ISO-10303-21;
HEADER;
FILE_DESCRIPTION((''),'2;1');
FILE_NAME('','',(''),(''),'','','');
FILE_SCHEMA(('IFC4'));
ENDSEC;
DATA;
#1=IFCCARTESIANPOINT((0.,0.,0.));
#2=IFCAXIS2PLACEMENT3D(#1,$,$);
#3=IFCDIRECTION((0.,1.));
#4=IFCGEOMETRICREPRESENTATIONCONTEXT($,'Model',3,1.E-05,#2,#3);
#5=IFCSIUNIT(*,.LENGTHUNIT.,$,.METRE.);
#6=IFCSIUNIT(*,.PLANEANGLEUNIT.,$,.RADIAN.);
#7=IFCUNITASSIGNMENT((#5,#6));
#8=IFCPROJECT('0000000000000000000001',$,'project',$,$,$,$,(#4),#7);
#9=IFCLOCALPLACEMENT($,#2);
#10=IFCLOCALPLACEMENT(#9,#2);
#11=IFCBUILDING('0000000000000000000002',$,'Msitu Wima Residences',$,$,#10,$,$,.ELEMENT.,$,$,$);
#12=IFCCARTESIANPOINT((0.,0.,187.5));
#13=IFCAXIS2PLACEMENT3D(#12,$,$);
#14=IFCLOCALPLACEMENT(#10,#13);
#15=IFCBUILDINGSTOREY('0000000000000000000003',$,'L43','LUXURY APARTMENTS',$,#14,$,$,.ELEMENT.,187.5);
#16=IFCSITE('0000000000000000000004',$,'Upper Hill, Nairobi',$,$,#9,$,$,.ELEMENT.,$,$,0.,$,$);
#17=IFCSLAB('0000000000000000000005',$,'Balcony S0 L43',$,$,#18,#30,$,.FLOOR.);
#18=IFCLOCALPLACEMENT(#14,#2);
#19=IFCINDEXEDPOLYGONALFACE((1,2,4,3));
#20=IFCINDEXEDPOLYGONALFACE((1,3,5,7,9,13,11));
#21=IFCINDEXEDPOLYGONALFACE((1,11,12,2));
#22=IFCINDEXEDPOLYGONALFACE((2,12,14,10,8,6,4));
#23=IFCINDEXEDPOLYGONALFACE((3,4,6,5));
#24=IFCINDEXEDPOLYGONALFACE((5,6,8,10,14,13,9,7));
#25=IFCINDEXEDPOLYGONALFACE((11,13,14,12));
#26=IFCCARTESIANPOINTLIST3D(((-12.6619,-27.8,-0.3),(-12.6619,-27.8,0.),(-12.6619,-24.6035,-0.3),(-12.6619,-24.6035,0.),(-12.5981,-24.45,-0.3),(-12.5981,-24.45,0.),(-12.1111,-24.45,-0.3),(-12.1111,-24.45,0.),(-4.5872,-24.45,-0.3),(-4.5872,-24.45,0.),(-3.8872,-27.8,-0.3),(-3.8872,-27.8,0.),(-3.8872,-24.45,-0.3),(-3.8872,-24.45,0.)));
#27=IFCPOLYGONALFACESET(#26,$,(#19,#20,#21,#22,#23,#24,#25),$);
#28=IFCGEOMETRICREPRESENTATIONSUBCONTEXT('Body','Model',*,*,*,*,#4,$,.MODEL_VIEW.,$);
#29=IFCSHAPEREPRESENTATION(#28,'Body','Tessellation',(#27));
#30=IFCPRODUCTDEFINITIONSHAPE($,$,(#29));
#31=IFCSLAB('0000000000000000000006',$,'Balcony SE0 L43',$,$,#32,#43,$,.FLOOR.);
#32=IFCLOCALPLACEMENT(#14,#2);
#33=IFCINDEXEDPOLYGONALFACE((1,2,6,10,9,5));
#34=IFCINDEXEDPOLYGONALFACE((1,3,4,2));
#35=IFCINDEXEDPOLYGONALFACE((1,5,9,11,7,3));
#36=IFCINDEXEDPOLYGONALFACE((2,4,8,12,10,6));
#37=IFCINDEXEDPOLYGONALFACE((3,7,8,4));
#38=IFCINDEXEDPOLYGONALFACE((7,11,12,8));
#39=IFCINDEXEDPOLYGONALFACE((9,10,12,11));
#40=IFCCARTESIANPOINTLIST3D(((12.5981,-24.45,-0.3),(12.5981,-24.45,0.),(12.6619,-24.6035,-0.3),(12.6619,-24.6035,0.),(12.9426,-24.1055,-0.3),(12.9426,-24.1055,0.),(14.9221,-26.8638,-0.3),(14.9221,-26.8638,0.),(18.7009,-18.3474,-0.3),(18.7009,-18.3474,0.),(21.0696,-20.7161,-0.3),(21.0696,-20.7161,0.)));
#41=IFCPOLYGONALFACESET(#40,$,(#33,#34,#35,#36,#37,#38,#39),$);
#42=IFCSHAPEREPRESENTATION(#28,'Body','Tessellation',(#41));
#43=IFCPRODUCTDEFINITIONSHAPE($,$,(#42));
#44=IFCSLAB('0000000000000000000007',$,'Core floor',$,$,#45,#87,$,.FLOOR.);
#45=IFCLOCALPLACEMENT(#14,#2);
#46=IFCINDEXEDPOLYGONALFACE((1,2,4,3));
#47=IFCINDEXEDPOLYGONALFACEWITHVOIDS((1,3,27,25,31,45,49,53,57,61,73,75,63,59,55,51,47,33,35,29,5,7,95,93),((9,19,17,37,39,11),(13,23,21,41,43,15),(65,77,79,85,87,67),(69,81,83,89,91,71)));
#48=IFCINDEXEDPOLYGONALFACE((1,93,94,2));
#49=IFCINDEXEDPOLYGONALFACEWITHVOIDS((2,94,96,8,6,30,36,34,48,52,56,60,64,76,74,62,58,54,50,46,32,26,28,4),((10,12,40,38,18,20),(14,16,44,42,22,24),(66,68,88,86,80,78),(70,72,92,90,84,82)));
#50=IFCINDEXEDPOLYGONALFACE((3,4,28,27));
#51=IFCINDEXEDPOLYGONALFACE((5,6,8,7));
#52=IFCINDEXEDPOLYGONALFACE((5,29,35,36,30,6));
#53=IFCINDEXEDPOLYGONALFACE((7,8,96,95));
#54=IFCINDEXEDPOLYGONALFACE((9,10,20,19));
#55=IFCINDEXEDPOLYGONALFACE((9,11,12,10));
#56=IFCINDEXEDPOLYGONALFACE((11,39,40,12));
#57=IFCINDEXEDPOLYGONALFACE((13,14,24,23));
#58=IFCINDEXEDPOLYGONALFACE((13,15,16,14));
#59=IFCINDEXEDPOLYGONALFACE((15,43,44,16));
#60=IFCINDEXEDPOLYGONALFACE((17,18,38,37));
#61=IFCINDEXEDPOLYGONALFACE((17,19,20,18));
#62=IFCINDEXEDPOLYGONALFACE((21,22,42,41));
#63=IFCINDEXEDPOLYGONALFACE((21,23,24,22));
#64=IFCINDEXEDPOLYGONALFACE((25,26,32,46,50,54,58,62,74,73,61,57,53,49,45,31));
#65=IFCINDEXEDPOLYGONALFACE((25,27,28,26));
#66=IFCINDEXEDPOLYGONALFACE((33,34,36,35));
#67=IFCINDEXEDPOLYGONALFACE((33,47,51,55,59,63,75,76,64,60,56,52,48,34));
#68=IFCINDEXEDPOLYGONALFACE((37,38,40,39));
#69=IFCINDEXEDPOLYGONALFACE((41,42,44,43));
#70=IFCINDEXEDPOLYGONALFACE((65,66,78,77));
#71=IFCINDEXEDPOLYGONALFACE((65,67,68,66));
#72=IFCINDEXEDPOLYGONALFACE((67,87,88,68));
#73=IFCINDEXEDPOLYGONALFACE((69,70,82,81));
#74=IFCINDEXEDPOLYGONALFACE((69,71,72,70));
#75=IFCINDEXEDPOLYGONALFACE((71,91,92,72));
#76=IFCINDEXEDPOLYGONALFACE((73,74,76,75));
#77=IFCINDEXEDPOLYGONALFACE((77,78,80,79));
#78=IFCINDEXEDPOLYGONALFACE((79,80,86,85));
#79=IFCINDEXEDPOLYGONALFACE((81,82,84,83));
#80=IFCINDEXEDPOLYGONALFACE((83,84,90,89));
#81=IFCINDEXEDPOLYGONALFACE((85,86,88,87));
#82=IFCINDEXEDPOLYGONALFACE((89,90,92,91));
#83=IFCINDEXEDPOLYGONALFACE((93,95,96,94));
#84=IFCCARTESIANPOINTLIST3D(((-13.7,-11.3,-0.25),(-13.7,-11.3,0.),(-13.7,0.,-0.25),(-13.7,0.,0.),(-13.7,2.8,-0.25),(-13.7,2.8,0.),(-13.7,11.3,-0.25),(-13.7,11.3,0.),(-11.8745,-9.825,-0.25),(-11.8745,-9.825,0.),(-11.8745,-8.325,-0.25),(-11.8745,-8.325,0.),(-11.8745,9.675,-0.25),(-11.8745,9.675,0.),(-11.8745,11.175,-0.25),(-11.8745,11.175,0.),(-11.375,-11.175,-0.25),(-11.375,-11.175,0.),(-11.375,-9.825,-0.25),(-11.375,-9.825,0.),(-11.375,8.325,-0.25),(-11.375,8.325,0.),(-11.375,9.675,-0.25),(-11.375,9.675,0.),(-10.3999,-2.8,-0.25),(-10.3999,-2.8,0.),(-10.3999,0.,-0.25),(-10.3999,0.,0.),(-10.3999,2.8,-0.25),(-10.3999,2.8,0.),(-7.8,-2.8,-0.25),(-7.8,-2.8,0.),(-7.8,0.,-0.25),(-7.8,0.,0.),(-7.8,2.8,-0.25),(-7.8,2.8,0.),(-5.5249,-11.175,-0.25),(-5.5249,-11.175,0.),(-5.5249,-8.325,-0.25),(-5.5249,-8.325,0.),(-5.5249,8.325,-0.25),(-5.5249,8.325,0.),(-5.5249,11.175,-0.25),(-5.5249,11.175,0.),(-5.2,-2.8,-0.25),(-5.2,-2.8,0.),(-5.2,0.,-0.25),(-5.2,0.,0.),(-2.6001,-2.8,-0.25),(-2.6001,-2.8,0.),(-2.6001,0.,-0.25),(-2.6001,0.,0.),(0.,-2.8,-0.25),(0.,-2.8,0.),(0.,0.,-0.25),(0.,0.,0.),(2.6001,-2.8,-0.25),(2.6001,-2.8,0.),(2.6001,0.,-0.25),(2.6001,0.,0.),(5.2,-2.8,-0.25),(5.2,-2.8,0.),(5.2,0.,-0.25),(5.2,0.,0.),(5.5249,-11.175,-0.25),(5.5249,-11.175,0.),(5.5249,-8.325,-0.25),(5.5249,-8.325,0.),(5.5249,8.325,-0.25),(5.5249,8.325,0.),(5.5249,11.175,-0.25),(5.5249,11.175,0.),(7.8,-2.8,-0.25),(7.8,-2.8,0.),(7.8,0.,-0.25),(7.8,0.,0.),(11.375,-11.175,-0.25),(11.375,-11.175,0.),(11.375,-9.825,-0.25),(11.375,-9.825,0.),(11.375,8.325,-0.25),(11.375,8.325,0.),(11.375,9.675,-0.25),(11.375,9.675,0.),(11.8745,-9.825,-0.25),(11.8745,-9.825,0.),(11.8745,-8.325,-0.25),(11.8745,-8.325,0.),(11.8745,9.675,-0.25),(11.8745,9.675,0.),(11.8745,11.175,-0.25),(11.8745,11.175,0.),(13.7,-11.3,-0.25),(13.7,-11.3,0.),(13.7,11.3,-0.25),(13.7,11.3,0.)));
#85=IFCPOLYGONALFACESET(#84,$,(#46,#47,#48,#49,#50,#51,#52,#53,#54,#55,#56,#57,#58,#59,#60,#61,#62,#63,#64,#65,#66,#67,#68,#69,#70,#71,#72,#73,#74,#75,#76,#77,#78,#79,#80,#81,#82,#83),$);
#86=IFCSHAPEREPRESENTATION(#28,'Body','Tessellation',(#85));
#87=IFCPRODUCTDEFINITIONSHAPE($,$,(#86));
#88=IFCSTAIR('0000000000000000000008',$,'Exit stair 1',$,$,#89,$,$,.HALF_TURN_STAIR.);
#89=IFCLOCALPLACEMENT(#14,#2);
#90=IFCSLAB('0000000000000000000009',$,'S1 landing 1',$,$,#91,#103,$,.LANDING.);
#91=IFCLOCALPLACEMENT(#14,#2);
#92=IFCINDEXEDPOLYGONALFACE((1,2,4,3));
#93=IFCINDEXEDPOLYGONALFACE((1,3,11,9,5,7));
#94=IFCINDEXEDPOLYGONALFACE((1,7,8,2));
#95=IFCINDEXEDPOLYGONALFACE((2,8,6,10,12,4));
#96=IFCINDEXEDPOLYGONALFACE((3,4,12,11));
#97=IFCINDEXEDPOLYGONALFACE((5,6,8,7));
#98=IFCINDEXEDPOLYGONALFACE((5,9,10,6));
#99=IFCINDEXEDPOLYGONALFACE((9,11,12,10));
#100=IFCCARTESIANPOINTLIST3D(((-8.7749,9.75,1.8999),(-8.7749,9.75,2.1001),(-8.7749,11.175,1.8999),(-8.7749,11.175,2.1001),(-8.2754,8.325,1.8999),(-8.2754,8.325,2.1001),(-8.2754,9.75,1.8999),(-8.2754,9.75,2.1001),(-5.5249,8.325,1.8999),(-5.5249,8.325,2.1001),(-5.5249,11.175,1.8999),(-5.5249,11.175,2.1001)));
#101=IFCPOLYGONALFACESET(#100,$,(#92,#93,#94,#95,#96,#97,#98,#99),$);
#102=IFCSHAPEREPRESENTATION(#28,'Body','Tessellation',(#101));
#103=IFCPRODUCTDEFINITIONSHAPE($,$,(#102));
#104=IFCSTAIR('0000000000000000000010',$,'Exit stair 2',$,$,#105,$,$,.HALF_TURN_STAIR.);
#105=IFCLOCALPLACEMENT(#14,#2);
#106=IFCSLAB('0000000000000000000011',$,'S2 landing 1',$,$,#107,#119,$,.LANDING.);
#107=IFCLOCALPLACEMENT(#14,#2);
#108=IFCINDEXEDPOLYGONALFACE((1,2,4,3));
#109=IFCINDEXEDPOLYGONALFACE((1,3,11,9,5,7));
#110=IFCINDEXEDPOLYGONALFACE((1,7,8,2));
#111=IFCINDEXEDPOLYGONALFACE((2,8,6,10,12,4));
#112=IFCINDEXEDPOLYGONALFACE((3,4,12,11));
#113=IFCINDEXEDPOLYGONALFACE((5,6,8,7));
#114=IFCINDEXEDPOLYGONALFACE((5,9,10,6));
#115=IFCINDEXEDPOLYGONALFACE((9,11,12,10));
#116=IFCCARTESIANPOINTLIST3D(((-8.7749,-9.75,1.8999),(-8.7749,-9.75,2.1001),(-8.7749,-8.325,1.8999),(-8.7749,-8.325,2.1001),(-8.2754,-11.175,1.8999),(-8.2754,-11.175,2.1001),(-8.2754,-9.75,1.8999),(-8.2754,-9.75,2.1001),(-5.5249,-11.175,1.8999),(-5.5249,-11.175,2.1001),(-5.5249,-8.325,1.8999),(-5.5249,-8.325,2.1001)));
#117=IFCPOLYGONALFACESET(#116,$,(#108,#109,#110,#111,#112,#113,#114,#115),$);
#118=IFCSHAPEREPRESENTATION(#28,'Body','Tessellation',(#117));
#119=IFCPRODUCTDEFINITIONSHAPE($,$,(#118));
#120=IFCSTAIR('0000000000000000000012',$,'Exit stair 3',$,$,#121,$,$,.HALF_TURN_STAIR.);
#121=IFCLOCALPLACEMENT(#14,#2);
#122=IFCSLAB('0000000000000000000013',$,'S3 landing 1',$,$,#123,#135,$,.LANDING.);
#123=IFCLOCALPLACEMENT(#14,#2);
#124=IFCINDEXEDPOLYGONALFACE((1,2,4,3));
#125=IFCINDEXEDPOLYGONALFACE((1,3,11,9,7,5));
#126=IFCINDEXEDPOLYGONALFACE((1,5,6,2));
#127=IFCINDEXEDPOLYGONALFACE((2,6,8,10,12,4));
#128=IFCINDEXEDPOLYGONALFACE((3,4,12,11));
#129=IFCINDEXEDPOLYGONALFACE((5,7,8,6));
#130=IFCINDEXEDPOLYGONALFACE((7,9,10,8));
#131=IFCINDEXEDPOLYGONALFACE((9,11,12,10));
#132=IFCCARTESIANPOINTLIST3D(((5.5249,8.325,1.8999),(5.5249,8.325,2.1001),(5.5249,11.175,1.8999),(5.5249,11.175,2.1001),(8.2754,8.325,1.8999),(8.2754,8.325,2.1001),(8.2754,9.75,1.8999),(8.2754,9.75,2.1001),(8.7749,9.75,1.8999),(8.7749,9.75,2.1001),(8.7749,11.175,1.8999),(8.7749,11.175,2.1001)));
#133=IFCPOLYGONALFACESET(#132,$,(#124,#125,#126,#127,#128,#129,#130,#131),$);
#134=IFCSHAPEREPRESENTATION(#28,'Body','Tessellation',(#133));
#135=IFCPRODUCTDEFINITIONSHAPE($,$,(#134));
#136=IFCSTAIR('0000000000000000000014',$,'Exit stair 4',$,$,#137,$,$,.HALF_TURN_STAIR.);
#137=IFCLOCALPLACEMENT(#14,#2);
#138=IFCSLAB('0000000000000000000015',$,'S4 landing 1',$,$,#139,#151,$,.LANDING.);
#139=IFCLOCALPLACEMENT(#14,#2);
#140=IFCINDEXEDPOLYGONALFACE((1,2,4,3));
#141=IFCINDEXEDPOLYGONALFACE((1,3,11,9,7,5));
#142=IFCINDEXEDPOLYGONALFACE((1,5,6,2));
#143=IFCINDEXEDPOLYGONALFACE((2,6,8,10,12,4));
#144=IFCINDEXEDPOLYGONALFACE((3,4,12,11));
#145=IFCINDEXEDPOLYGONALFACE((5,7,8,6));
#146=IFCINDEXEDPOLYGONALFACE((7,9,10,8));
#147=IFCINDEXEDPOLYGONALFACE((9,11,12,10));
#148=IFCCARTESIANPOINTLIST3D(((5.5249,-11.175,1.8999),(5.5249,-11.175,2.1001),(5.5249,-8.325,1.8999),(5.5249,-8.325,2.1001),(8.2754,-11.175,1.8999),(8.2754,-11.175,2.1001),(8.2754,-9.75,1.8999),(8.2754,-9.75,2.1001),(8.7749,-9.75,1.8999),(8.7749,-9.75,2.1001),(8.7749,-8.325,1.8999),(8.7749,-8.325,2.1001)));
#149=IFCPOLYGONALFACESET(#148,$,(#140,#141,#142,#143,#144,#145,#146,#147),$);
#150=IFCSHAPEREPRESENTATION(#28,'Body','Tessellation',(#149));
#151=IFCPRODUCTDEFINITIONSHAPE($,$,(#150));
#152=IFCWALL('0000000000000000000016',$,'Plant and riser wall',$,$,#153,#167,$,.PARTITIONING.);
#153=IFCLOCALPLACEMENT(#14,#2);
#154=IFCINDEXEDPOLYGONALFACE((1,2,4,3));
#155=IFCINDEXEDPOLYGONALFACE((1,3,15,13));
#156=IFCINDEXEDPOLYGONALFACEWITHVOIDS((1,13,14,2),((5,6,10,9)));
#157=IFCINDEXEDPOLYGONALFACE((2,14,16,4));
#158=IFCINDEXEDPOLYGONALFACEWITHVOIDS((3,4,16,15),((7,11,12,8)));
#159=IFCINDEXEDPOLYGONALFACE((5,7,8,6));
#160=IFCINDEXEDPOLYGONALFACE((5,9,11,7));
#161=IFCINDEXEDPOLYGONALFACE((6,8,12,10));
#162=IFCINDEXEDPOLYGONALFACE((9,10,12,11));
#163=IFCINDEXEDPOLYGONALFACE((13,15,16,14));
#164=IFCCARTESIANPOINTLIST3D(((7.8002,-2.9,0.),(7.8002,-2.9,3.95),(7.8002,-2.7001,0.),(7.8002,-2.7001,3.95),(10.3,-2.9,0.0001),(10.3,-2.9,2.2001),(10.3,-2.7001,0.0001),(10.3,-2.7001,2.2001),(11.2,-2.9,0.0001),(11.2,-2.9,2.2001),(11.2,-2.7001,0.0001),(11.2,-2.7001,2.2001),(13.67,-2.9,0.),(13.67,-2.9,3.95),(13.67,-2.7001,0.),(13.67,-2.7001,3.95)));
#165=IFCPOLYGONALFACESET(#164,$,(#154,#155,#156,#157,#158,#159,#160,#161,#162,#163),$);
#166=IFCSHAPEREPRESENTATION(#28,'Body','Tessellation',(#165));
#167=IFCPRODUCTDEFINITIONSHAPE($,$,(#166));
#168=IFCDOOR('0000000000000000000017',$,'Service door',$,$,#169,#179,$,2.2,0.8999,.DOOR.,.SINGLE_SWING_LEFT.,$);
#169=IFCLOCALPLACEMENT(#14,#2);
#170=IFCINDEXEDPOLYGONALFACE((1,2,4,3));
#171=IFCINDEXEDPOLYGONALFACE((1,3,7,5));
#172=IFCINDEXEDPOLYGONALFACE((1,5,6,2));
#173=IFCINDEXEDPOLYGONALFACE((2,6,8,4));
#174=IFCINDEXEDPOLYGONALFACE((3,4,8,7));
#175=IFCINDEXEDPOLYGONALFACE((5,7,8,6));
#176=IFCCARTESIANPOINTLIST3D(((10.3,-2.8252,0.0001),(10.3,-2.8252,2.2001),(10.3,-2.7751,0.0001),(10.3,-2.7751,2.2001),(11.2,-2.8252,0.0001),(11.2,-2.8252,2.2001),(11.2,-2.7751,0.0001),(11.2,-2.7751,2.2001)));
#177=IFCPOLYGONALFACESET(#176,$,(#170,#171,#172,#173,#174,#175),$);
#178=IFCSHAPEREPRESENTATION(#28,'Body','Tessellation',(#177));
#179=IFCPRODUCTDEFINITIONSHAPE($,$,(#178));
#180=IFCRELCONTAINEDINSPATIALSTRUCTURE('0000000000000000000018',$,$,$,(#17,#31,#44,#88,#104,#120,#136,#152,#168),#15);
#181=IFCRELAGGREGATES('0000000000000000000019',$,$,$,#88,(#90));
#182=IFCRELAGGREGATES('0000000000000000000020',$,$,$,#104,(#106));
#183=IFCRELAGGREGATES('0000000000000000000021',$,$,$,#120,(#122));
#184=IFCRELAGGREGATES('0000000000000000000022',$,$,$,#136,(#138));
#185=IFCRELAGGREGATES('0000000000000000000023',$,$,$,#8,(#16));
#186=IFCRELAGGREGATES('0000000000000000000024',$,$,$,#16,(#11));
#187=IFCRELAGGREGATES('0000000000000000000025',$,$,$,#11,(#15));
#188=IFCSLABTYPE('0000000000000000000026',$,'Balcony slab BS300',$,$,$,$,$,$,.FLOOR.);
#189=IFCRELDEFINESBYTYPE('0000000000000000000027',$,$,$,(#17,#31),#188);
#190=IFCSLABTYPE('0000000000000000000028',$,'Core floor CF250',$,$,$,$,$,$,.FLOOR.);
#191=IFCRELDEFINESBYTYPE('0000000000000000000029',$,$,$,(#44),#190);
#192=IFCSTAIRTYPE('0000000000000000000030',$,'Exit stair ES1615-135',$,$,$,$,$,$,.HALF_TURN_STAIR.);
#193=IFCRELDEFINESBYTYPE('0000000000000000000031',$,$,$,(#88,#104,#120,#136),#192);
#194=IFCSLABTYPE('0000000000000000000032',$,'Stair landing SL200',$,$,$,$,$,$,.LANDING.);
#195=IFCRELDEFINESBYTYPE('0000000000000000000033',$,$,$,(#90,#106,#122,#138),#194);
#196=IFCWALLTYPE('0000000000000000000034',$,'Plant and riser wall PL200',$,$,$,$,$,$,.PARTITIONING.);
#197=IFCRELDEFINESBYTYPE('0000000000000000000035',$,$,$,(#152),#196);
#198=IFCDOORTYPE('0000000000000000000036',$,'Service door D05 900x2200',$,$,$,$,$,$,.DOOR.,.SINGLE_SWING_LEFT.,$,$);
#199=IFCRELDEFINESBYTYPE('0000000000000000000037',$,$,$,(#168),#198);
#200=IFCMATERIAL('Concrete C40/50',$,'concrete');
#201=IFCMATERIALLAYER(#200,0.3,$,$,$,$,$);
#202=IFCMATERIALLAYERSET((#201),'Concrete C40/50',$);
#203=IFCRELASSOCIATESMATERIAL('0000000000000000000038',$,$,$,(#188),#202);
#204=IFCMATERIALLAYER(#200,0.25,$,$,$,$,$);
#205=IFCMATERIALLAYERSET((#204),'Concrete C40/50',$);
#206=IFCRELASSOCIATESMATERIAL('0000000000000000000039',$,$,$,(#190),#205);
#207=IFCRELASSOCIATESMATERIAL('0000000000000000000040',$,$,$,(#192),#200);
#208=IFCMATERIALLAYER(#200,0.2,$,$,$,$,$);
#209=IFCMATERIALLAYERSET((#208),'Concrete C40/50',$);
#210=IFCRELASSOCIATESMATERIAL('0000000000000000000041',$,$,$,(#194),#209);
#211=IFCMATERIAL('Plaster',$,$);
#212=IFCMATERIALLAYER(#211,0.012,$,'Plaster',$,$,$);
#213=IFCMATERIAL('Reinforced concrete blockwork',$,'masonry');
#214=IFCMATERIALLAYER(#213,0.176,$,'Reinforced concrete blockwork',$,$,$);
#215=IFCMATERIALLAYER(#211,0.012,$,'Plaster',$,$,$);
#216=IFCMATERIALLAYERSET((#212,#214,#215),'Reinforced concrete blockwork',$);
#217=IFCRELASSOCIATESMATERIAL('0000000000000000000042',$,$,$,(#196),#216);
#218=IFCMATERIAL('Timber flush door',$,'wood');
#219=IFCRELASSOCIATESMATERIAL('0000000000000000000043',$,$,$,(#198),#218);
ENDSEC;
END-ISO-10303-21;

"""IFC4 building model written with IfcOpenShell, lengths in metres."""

from ifc_helpers import new_model, si_unit, direction, frame, frame_2d, origin, place, context, subcontext, project, spatial, polyline, rectangle, outline, extrude, material, layer, layer_set, type_object, element, fill, aggregate, save


model = new_model("IFC4")

# Units and contexts
model_context = context("Model", 3, precision=1e-05, world=origin(), true_north=direction((0.0, 1.0)))
body_context = subcontext(model_context, "Body", "Model", "MODEL_VIEW")
ifc_project = project(units=[si_unit("LENGTHUNIT", "METRE"), si_unit("PLANEANGLEUNIT", "RADIAN")], contexts=[model_context])

# Site, building, storey
site_placement = place(None, origin())
site = spatial("IfcSite", under=ifc_project, at=site_placement, Name="Upper Hill, Nairobi", CompositionType="ELEMENT", RefElevation=0.0)
building_placement = place(site_placement, origin())
building = spatial("IfcBuilding", under=site, at=building_placement, Name="Msitu Wima Residences", CompositionType="ELEMENT")
storey_placement = place(building_placement, frame((0.0, 0.0, 187.5)))
storey = spatial("IfcBuildingStorey", under=building, at=storey_placement, Name="L43", Description="LUXURY APARTMENTS", CompositionType="ELEMENT", Elevation=187.5)

# Slabs
ifc_material_1 = material(Name="Concrete C40/50", Category="concrete")
ifc_layer_1 = layer(ifc_material_1, 0.3)
ifc_layer_set_1 = layer_set([ifc_layer_1], Name="Concrete C40/50")
slab_type_1 = type_object("IfcSlabType", Name="Balcony slab BS300", PredefinedType="FLOOR", material=ifc_layer_set_1)
slab_1_placement = place(storey_placement, frame((0.0, 0.0, -0.3)))
element("IfcSlab", 1, at=slab_1_placement, inside=storey, type_object=slab_type_1, Name="Balcony S0 L43", PredefinedType="FLOOR", context=body_context, shape_type="SweptSolid", body=[
    extrude(outline(polyline([(-12.1111, -24.45), (-12.1111, -24.45), (-4.5872, -24.45), (-3.8872, -24.45), (-3.8872, -27.8), (-12.6619, -27.8), (-12.6619, -24.6035), (-12.5981, -24.45), (-12.1111, -24.45), (-12.1111, -24.45)])), origin(), (0.0, 0.0, 1.0), 0.3),
])
slab_2_placement = place(storey_placement, frame((0.0, 0.0, -0.3)))
element("IfcSlab", 2, at=slab_2_placement, inside=storey, type_object=slab_type_1, Name="Balcony SE0 L43", PredefinedType="FLOOR", context=body_context, shape_type="SweptSolid", body=[
    extrude(outline(polyline([(12.9426, -24.1055), (12.9426, -24.1055), (18.7009, -18.3474), (21.0696, -20.7161), (14.9221, -26.8638), (12.6619, -24.6035), (12.5981, -24.45), (12.9426, -24.1055), (12.9426, -24.1055)])), origin(), (0.0, 0.0, 1.0), 0.3),
])
ifc_layer_2 = layer(ifc_material_1, 0.25)
ifc_layer_set_2 = layer_set([ifc_layer_2], Name="Concrete C40/50")
slab_type_2 = type_object("IfcSlabType", Name="Core floor CF250", PredefinedType="FLOOR", material=ifc_layer_set_2)
slab_3_placement = place(storey_placement, frame((0.0, 0.0, -0.25)))
element("IfcSlab", 3, at=slab_3_placement, inside=storey, type_object=slab_type_2, Name="Core floor", PredefinedType="FLOOR", context=body_context, shape_type="SweptSolid", body=[
    extrude(outline(polyline([(-13.7, 11.3), (-13.7, 2.8), (-10.3999, 2.8), (-7.8, 2.8), (-7.8, 0.0), (-5.2, 0.0), (-2.6001, 0.0), (0.0, 0.0), (2.6001, 0.0), (5.2, 0.0), (7.8, 0.0), (7.8, -2.8), (5.2, -2.8), (2.6001, -2.8), (0.0, -2.8), (-2.6001, -2.8), (-5.2, -2.8), (-7.8, -2.8), (-10.3999, -2.8), (-10.3999, 0.0), (-13.7, 0.0), (-13.7, -11.3), (13.7, -11.3), (13.7, 11.3), (-13.7, 11.3)]), holes=[polyline([(-11.375, -11.175), (-11.375, -9.825), (-11.8745, -9.825), (-11.8745, -8.325), (-5.5249, -8.325), (-5.5249, -11.175), (-11.375, -11.175)]), polyline([(-11.375, 8.325), (-11.375, 9.675), (-11.8745, 9.675), (-11.8745, 11.175), (-5.5249, 11.175), (-5.5249, 8.325), (-11.375, 8.325)]), polyline([(11.375, -9.825), (11.375, -11.175), (5.5249, -11.175), (5.5249, -8.325), (11.8745, -8.325), (11.8745, -9.825), (11.375, -9.825)]), polyline([(11.375, 9.675), (11.375, 8.325), (5.5249, 8.325), (5.5249, 11.175), (11.8745, 11.175), (11.8745, 9.675), (11.375, 9.675)])]), origin(), (0.0, 0.0, 1.0), 0.25),
])

# Stairs, slabs
stair_type = type_object("IfcStairType", Name="Exit stair ES1615-135", PredefinedType="HALF_TURN_STAIR", material=ifc_material_1)
stair_1_placement = place(storey_placement, origin())
stair_1 = element("IfcStair", 4, at=stair_1_placement, inside=storey, type_object=stair_type, Name="Exit stair 1", PredefinedType="HALF_TURN_STAIR")
ifc_layer_3 = layer(ifc_material_1, 0.2)
ifc_layer_set_3 = layer_set([ifc_layer_3], Name="Concrete C40/50")
slab_type_3 = type_object("IfcSlabType", Name="Stair landing SL200", PredefinedType="LANDING", material=ifc_layer_set_3)
slab_4_placement = place(storey_placement, frame((0.0, 0.0, 1.8999)))
slab_4 = element("IfcSlab", 5, at=slab_4_placement, type_object=slab_type_3, Name="S1 landing 1", PredefinedType="LANDING", context=body_context, shape_type="SweptSolid", body=[
    extrude(outline(polyline([(-5.5249, 8.325), (-8.2754, 8.325), (-8.2754, 9.75), (-8.7749, 9.75), (-8.7749, 11.175), (-5.5249, 11.175), (-5.5249, 8.325)])), origin(), (0.0, 0.0, 1.0), 0.2002),
])
aggregate(stair_1, [slab_4])
stair_2_placement = place(storey_placement, origin())
stair_2 = element("IfcStair", 6, at=stair_2_placement, inside=storey, type_object=stair_type, Name="Exit stair 2", PredefinedType="HALF_TURN_STAIR")
slab_5_placement = place(storey_placement, frame((0.0, 0.0, 1.8999)))
slab_5 = element("IfcSlab", 7, at=slab_5_placement, type_object=slab_type_3, Name="S2 landing 1", PredefinedType="LANDING", context=body_context, shape_type="SweptSolid", body=[
    extrude(outline(polyline([(-5.5249, -11.175), (-8.2754, -11.175), (-8.2754, -9.75), (-8.7749, -9.75), (-8.7749, -8.325), (-5.5249, -8.325), (-5.5249, -11.175)])), origin(), (0.0, 0.0, 1.0), 0.2002),
])
aggregate(stair_2, [slab_5])
stair_3_placement = place(storey_placement, origin())
stair_3 = element("IfcStair", 8, at=stair_3_placement, inside=storey, type_object=stair_type, Name="Exit stair 3", PredefinedType="HALF_TURN_STAIR")
slab_6_placement = place(storey_placement, frame((0.0, 0.0, 1.8999)))
slab_6 = element("IfcSlab", 9, at=slab_6_placement, type_object=slab_type_3, Name="S3 landing 1", PredefinedType="LANDING", context=body_context, shape_type="SweptSolid", body=[
    extrude(outline(polyline([(5.5249, 8.325), (8.2754, 8.325), (8.2754, 9.75), (8.7749, 9.75), (8.7749, 11.175), (5.5249, 11.175), (5.5249, 8.325)])), origin(), (0.0, 0.0, 1.0), 0.2002),
])
aggregate(stair_3, [slab_6])
stair_4_placement = place(storey_placement, origin())
stair_4 = element("IfcStair", 10, at=stair_4_placement, inside=storey, type_object=stair_type, Name="Exit stair 4", PredefinedType="HALF_TURN_STAIR")
slab_7_placement = place(storey_placement, frame((0.0, 0.0, 1.8999)))
slab_7 = element("IfcSlab", 11, at=slab_7_placement, type_object=slab_type_3, Name="S4 landing 1", PredefinedType="LANDING", context=body_context, shape_type="SweptSolid", body=[
    extrude(outline(polyline([(5.5249, -11.175), (8.2754, -11.175), (8.2754, -9.75), (8.7749, -9.75), (8.7749, -8.325), (5.5249, -8.325), (5.5249, -11.175)])), origin(), (0.0, 0.0, 1.0), 0.2002),
])

# Wall, opening, door
ifc_material_2 = material(Name="Plaster")
ifc_layer_4 = layer(ifc_material_2, 0.012, Name="Plaster")
ifc_material_3 = material(Name="Reinforced concrete blockwork", Category="masonry")
ifc_layer_5 = layer(ifc_material_3, 0.176, Name="Reinforced concrete blockwork")
ifc_layer_6 = layer(ifc_material_2, 0.012, Name="Plaster")
ifc_layer_set_4 = layer_set([ifc_layer_4, ifc_layer_5, ifc_layer_6], Name="Reinforced concrete blockwork")
wall_type_1 = type_object("IfcWallType", Name="Plant and riser wall PL200", PredefinedType="PARTITIONING", material=ifc_layer_set_4)
wall_1_placement = place(storey_placement, frame((7.8, -2.8, 0.0), z_axis=(0.0, 0.0, 1.0), x_axis=(1.0, 0.0, 0.0)))
wall_1 = element("IfcWall", 12, at=wall_1_placement, inside=storey, type_object=wall_type_1, Name="Plant and riser wall", PredefinedType="PARTITIONING", context=body_context, shape_type="SweptSolid", body=[
    extrude(rectangle(XDim=5.8699, YDim=0.2, at=frame_2d((2.9351, 0.0))), origin(), (0.0, 0.0, 1.0), 3.95),
])
opening_placement = place(wall_1_placement, frame((2.5, 0.0, 0.0)))
opening = element("IfcOpeningElement", 13, at=opening_placement, cuts=wall_1, PredefinedType="OPENING", context=body_context, shape_type="SweptSolid", body=[
    extrude(rectangle(XDim=0.8999, YDim=2.2, at=frame_2d((0.45, 1.1001))), frame((0.0, 0.1099, 0.0), z_axis=(0.0, -1.0, 0.0), x_axis=(1.0, 0.0, 0.0)), (0.0, 0.0, 1.0), 0.22),
])
ifc_material_4 = material(Name="Timber flush door", Category="wood")
door_type = type_object("IfcDoorType", Name="Service door D05 900x2200", OperationType="SINGLE_SWING_LEFT", PredefinedType="DOOR", material=ifc_material_4)
door_placement = place(opening_placement, origin())
door = element("IfcDoor", 14, at=door_placement, inside=storey, type_object=door_type, Name="Service door", OperationType="SINGLE_SWING_LEFT", OverallHeight=2.2, OverallWidth=0.8999, PredefinedType="DOOR", context=body_context, shape_type="SweptSolid", body=[
    extrude(rectangle(XDim=0.8999, YDim=2.2, at=frame_2d((0.45, 1.1001))), frame((0.0, 0.0249, 0.0), z_axis=(0.0, -1.0, 0.0), x_axis=(1.0, 0.0, 0.0)), (0.0, 0.0, 1.0), 0.05),
])
fill(opening, door)

aggregate(stair_4, [slab_7])

save(model, "model.ifc")
